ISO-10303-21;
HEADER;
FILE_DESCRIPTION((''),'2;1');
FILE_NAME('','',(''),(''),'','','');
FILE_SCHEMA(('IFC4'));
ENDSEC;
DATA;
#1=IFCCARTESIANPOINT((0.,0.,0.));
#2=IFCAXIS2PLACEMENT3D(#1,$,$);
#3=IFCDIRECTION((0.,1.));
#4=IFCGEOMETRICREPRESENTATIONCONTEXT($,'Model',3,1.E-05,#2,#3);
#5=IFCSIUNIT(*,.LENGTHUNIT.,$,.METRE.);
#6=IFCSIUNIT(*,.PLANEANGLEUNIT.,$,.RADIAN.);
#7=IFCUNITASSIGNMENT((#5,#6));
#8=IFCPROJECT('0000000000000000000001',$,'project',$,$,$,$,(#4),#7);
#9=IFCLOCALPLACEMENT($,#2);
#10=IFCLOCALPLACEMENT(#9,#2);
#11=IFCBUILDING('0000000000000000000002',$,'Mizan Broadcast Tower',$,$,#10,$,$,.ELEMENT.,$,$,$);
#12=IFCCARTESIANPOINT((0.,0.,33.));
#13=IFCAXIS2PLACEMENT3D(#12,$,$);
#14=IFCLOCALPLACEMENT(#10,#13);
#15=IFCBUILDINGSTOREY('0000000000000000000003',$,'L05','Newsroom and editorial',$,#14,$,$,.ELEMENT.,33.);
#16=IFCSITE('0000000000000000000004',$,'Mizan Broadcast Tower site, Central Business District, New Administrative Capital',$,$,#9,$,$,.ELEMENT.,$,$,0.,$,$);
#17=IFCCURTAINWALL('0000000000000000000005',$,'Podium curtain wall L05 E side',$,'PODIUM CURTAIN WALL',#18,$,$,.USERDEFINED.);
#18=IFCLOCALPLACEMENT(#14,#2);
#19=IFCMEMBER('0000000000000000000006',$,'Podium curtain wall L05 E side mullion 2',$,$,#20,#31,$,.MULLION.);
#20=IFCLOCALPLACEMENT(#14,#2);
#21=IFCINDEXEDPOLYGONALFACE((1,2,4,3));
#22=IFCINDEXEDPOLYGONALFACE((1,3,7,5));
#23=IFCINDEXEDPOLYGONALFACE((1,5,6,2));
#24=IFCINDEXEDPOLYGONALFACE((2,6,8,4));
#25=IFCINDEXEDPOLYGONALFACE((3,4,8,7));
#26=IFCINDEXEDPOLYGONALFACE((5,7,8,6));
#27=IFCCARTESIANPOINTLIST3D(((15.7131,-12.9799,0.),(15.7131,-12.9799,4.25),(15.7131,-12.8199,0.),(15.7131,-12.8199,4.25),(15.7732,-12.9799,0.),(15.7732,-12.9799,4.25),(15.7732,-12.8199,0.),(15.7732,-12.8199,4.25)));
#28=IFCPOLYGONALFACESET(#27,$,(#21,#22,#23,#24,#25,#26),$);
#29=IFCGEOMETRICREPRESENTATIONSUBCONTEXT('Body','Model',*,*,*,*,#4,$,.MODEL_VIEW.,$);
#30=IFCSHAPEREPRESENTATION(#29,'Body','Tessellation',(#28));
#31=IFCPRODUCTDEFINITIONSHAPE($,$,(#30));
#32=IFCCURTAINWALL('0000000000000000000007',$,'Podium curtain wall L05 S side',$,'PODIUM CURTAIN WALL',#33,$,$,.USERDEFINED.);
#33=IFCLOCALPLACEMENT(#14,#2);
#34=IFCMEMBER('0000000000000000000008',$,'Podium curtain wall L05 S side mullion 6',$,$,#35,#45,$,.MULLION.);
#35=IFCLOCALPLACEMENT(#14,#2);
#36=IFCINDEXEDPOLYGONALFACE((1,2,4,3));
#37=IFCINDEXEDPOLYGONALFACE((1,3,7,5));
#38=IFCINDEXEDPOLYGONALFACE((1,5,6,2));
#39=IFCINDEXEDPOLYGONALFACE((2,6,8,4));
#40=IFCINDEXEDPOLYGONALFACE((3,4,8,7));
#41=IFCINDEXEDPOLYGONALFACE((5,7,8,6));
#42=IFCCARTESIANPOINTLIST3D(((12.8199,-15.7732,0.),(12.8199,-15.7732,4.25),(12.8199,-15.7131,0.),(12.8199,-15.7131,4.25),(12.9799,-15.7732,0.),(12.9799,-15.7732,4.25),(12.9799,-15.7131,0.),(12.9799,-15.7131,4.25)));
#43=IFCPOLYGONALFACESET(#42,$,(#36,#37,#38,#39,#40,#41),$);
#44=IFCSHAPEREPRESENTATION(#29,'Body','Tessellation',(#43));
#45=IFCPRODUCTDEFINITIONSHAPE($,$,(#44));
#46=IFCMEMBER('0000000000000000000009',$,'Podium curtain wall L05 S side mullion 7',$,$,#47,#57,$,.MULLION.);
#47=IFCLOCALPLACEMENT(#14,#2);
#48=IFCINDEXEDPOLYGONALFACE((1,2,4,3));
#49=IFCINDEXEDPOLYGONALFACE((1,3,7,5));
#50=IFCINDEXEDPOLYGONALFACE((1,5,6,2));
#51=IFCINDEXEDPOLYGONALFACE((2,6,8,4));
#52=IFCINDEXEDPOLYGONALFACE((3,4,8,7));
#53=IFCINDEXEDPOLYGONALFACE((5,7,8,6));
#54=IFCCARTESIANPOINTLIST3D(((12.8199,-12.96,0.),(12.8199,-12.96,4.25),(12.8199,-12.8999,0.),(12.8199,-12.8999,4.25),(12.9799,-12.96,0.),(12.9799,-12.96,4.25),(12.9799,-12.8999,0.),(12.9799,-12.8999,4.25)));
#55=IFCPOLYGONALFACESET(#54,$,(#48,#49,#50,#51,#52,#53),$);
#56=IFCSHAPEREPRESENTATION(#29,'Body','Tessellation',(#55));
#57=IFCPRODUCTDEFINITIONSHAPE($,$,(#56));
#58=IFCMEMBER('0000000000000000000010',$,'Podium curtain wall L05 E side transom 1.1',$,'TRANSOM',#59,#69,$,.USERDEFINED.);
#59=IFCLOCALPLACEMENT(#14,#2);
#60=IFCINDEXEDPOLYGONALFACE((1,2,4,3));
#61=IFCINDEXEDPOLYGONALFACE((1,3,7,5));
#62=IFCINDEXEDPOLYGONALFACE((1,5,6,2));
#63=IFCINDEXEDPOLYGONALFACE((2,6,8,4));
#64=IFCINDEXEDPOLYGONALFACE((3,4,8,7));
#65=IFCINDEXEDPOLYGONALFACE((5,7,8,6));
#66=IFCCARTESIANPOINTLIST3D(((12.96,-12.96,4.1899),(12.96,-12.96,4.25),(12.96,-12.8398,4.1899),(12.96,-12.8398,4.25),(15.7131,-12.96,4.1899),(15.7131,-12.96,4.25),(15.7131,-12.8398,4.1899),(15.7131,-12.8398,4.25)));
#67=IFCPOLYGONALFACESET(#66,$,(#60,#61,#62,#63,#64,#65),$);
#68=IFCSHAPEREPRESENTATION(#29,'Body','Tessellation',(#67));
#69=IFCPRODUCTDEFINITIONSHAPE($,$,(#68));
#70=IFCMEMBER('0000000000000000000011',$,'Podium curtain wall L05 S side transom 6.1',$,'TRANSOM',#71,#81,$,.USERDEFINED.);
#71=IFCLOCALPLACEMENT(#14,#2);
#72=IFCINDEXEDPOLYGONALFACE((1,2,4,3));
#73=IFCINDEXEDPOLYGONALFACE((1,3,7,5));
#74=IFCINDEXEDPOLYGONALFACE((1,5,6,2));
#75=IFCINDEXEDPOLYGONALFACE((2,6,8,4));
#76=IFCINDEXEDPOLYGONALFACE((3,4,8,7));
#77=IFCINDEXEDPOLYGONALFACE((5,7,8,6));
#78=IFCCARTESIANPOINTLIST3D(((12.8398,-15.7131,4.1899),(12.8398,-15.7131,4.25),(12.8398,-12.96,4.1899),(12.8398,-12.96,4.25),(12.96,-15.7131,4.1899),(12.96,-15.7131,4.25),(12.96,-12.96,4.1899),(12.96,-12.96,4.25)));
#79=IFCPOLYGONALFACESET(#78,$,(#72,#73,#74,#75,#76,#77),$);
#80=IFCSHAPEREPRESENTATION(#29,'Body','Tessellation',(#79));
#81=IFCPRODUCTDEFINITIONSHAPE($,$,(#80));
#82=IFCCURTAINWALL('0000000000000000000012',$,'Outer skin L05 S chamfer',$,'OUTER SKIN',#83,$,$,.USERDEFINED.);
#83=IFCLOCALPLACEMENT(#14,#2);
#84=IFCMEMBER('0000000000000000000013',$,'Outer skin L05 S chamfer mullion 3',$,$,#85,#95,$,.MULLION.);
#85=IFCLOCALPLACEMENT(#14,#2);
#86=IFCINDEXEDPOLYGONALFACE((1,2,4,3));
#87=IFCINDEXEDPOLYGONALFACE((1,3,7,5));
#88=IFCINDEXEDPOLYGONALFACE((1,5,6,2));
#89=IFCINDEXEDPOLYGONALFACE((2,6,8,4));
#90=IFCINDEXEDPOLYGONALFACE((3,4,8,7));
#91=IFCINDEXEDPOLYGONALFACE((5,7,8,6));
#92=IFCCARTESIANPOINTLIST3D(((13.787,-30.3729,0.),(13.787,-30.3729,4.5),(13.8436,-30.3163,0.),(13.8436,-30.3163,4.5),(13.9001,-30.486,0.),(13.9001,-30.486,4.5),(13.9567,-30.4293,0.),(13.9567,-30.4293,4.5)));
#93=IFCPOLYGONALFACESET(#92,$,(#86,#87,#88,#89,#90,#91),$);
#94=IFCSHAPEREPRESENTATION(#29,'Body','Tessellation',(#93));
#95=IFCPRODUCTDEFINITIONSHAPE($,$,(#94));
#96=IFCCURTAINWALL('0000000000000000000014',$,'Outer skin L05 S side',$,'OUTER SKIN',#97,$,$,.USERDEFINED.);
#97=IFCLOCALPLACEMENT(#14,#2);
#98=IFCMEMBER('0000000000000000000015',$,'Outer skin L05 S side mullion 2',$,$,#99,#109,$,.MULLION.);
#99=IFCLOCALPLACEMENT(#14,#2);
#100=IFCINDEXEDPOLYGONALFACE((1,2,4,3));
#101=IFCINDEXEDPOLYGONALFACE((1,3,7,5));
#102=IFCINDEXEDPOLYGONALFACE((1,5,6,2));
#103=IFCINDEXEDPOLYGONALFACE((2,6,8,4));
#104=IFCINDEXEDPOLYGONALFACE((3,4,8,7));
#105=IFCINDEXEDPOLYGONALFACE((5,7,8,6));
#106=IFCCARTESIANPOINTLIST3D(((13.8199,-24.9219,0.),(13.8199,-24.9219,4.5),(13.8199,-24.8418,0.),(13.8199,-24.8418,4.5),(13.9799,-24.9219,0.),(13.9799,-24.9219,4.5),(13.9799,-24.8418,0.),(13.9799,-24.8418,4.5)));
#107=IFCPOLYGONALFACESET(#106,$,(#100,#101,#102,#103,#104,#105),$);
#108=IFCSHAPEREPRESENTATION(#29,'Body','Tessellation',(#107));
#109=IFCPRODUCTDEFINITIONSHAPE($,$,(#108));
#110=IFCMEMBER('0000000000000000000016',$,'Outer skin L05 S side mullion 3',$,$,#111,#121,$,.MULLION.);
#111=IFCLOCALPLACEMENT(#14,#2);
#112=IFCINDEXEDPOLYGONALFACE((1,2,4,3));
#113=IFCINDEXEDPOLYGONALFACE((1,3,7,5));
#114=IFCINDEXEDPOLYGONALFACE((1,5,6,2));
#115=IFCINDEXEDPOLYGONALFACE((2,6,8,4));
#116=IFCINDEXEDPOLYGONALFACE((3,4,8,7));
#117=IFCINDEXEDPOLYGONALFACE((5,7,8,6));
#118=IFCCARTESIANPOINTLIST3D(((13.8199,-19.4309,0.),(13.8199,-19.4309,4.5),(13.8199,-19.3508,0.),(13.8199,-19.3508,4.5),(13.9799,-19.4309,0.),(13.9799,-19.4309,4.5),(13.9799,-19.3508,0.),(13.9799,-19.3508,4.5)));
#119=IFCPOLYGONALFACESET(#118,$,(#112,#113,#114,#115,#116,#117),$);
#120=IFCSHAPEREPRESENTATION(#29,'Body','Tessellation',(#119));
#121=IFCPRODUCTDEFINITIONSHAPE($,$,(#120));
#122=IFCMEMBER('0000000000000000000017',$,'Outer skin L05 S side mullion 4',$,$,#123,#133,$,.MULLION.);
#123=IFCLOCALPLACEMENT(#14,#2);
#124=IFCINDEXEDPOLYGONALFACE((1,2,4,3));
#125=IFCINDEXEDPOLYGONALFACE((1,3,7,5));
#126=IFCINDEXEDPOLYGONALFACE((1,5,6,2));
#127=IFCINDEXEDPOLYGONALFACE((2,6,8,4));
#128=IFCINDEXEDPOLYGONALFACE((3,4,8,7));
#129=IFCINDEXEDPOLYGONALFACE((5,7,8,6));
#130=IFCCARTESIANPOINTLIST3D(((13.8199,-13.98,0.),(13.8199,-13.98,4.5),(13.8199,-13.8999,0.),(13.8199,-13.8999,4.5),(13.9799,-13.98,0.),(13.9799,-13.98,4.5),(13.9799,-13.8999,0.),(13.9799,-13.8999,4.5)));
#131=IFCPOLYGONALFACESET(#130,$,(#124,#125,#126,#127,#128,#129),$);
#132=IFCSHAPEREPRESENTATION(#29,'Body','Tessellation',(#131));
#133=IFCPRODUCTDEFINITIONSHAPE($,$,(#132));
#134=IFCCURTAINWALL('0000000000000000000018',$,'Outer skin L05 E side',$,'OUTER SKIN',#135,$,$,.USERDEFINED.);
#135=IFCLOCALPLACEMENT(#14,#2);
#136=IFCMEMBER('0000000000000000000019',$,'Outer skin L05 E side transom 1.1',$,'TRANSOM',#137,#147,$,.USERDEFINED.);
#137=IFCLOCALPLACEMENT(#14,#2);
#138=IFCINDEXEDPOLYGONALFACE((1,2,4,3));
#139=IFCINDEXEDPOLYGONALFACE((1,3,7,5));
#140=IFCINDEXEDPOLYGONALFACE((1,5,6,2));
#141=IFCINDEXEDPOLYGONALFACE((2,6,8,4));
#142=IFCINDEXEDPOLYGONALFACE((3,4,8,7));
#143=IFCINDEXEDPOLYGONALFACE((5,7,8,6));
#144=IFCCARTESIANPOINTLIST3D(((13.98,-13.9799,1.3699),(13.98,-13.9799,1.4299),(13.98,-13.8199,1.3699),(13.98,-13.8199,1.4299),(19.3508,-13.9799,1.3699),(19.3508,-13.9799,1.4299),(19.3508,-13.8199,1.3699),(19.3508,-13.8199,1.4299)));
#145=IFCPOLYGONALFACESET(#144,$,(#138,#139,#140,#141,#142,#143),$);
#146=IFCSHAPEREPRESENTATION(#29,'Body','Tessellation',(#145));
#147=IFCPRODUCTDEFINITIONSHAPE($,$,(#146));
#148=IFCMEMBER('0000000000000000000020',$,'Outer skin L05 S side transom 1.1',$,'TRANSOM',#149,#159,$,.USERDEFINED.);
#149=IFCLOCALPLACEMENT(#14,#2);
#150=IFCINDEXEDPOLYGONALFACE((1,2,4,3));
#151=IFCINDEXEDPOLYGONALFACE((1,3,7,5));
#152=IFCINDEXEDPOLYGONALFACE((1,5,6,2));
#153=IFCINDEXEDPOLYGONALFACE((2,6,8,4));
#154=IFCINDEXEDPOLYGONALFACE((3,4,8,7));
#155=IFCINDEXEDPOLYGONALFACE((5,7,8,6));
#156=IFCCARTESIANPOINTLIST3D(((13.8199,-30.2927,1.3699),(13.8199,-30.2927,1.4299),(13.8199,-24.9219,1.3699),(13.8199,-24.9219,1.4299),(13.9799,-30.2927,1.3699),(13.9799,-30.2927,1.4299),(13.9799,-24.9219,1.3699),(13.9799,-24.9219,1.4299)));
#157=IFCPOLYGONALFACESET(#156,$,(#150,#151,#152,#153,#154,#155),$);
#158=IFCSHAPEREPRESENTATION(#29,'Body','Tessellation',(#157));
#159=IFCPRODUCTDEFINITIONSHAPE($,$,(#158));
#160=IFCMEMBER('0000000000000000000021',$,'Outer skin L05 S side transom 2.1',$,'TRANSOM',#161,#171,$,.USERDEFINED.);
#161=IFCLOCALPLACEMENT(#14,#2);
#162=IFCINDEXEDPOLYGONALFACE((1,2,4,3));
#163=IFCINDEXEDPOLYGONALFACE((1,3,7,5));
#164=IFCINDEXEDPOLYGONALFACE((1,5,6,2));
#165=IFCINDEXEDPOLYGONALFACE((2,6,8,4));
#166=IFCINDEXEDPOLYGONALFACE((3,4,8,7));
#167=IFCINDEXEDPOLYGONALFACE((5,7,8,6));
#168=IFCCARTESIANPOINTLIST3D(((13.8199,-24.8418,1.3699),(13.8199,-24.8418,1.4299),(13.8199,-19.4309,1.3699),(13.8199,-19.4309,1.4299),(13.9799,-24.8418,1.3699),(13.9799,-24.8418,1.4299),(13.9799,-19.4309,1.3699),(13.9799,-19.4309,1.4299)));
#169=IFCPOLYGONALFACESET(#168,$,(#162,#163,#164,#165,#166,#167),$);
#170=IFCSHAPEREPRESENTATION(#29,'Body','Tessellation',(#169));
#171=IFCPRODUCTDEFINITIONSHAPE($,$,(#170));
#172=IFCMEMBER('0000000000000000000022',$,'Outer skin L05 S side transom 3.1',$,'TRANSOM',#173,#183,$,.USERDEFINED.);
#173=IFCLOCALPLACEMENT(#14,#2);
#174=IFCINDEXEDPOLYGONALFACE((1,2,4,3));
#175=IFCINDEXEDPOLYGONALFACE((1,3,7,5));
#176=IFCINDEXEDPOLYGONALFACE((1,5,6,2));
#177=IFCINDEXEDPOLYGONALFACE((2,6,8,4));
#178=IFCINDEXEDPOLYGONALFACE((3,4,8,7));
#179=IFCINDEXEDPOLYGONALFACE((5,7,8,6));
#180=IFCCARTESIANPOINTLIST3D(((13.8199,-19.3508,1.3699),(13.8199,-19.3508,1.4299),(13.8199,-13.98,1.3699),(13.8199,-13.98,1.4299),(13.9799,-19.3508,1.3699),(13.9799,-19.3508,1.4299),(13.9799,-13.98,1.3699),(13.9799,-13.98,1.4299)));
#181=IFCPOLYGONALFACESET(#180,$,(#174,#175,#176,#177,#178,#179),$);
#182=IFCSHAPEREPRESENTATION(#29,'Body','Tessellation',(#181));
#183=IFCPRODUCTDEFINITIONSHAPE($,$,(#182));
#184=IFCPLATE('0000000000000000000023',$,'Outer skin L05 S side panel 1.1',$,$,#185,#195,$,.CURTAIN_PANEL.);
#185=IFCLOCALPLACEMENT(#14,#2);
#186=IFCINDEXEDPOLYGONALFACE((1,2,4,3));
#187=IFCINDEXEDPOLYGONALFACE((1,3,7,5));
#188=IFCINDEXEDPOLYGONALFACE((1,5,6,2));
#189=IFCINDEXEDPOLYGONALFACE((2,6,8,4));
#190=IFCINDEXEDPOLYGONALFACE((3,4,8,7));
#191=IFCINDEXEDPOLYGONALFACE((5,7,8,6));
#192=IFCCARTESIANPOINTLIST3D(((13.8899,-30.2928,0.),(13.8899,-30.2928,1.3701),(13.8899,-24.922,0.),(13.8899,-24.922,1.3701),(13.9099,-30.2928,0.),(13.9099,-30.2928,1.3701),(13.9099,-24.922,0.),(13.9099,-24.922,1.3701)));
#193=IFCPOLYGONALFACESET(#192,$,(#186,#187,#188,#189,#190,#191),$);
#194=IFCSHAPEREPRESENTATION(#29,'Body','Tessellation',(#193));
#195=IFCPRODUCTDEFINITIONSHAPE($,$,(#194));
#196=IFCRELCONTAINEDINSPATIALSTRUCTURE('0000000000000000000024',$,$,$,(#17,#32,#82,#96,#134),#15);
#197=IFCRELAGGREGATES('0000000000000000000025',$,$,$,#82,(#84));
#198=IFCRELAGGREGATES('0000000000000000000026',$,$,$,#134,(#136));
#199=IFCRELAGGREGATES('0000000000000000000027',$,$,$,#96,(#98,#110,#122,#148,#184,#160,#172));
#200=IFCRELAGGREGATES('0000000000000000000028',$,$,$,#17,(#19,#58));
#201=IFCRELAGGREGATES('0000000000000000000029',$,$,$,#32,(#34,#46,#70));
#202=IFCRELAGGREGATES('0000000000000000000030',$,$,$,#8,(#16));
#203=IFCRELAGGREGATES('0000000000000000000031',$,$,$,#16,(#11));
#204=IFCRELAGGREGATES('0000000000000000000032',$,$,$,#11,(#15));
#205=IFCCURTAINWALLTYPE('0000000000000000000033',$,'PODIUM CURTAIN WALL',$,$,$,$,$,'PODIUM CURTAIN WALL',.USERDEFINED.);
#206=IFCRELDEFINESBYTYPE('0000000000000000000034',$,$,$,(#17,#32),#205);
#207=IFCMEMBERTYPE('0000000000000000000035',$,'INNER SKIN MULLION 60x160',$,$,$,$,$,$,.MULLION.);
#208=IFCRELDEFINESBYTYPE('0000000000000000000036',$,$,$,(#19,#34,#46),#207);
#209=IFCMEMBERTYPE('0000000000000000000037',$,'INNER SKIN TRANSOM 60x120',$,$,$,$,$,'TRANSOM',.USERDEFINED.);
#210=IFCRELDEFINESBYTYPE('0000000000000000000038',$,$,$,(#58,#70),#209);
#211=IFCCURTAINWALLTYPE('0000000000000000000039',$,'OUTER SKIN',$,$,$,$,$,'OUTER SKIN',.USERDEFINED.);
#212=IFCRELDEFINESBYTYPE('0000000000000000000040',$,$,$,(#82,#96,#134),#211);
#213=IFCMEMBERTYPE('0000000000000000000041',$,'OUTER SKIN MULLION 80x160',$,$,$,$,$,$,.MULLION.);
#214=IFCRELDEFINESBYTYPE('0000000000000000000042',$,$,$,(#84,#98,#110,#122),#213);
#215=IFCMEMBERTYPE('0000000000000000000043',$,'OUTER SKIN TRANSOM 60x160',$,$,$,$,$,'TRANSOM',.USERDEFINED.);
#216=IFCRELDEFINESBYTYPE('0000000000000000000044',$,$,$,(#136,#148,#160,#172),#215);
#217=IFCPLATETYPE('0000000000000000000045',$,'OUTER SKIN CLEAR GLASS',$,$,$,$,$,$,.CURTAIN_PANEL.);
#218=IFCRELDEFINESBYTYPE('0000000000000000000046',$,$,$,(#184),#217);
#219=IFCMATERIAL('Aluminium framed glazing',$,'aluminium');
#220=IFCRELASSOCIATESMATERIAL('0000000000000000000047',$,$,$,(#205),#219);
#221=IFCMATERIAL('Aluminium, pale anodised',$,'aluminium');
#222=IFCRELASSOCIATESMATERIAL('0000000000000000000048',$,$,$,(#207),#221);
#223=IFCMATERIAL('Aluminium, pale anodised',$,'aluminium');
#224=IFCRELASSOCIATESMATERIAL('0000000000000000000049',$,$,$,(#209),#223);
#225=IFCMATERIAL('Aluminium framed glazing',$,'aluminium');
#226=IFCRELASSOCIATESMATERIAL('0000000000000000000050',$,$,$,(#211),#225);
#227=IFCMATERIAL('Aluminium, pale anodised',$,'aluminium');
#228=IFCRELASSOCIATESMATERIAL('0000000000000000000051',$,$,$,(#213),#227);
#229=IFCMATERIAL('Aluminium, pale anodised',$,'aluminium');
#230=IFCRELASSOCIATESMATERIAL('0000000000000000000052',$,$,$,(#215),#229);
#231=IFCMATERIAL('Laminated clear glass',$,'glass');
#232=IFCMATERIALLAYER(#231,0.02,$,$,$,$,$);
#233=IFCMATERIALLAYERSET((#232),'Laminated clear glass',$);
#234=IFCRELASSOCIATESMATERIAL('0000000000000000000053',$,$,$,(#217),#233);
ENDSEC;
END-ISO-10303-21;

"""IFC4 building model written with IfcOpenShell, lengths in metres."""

from ifc_helpers import new_model, si_unit, direction, frame, origin, origin_2d, place, context, subcontext, project, spatial, rectangle, extrude, material, layer, layer_set, material_profile, profile_set, type_object, element, aggregate, save


model = new_model("IFC4")

# Units and contexts
model_context = context("Model", 3, precision=1e-05, world=origin(), true_north=direction((0.0, 1.0)))
body_context = subcontext(model_context, "Body", "Model", "MODEL_VIEW")
ifc_project = project(units=[si_unit("LENGTHUNIT", "METRE"), si_unit("PLANEANGLEUNIT", "RADIAN")], contexts=[model_context])

# Site, building, storey
site_placement = place(None, origin())
site = spatial("IfcSite", under=ifc_project, at=site_placement, Name="Mizan Broadcast Tower site, Central Business District, New Administrative Capital", CompositionType="ELEMENT", RefElevation=0.0)
building_placement = place(site_placement, origin())
building = spatial("IfcBuilding", under=site, at=building_placement, Name="Mizan Broadcast Tower", CompositionType="ELEMENT")
storey_placement = place(building_placement, frame((0.0, 0.0, 33.0)))
storey = spatial("IfcBuildingStorey", under=building, at=storey_placement, Name="L05", Description="Newsroom and editorial", CompositionType="ELEMENT", Elevation=33.0)

# Curtain wall, member
ifc_material_1 = material(Name="Aluminium framed glazing", Category="aluminium")
curtain_wall_type_1 = type_object("IfcCurtainWallType", Name="PODIUM CURTAIN WALL", ElementType="PODIUM CURTAIN WALL", PredefinedType="USERDEFINED", material=ifc_material_1)
curtain_wall_1_placement = place(storey_placement, origin())
curtain_wall_1 = element("IfcCurtainWall", 1, at=curtain_wall_1_placement, inside=storey, type_object=curtain_wall_type_1, Name="Podium curtain wall L05 E side", ObjectType="PODIUM CURTAIN WALL", PredefinedType="USERDEFINED")
ifc_material_2 = material(Name="Aluminium, pale anodised", Category="aluminium")
ifc_material_profile_1 = material_profile(ifc_material_2, rectangle(XDim=0.1599, YDim=0.0601, at=origin_2d()), Name="MULLION 160x60")
ifc_profile_set_1 = profile_set([ifc_material_profile_1], Name="Aluminium, pale anodised")
member_type_1 = type_object("IfcMemberType", Name="INNER SKIN MULLION 60x160", PredefinedType="MULLION", material=ifc_profile_set_1)
member_1_placement = place(storey_placement, frame((15.7432, -12.8999, 0.0), z_axis=(0.0, 0.0, 1.0), x_axis=(0.0, 1.0, 0.0)))
member_1 = element("IfcMember", 2, at=member_1_placement, type_object=member_type_1, Name="Podium curtain wall L05 E side mullion 2", PredefinedType="MULLION", context=body_context, shape_type="SweptSolid", body=[
    extrude(rectangle(XDim=0.1599, YDim=0.0601, at=origin_2d()), origin(), (0.0, 0.0, 1.0), 4.25),
])

# Curtain wall, members
curtain_wall_2_placement = place(storey_placement, origin())
curtain_wall_2 = element("IfcCurtainWall", 3, at=curtain_wall_2_placement, inside=storey, type_object=curtain_wall_type_1, Name="Podium curtain wall L05 S side", ObjectType="PODIUM CURTAIN WALL", PredefinedType="USERDEFINED")
member_2_placement = place(storey_placement, frame((12.8999, -15.7432, 0.0), z_axis=(0.0, 0.0, 1.0), x_axis=(-1.0, 0.0, 0.0)))
member_2 = element("IfcMember", 4, at=member_2_placement, type_object=member_type_1, Name="Podium curtain wall L05 S side mullion 6", PredefinedType="MULLION", context=body_context, shape_type="SweptSolid", body=[
    extrude(rectangle(XDim=0.1599, YDim=0.0601, at=origin_2d()), origin(), (0.0, 0.0, 1.0), 4.25),
])
member_3_placement = place(storey_placement, frame((12.8999, -12.9299, 0.0), z_axis=(0.0, 0.0, 1.0), x_axis=(-1.0, 0.0, 0.0)))
member_3 = element("IfcMember", 5, at=member_3_placement, type_object=member_type_1, Name="Podium curtain wall L05 S side mullion 7", PredefinedType="MULLION", context=body_context, shape_type="SweptSolid", body=[
    extrude(rectangle(XDim=0.1599, YDim=0.0601, at=origin_2d()), origin(), (0.0, 0.0, 1.0), 4.25),
])

# Members
ifc_material_3 = material(Name="Aluminium, pale anodised", Category="aluminium")
ifc_material_profile_2 = material_profile(ifc_material_3, rectangle(XDim=0.1201, YDim=0.0601, at=origin_2d()), Name="TRANSOM 120x60")
ifc_profile_set_2 = profile_set([ifc_material_profile_2], Name="Aluminium, pale anodised")
member_type_2 = type_object("IfcMemberType", Name="INNER SKIN TRANSOM 60x120", ElementType="TRANSOM", PredefinedType="USERDEFINED", material=ifc_profile_set_2)
member_4_placement = place(storey_placement, frame((12.96, -12.8999, 4.22), z_axis=(1.0, 0.0, 0.0), x_axis=(0.0, 1.0, 0.0)))
member_4 = element("IfcMember", 6, at=member_4_placement, type_object=member_type_2, Name="Podium curtain wall L05 E side transom 1.1", ObjectType="TRANSOM", PredefinedType="USERDEFINED", context=body_context, shape_type="SweptSolid", body=[
    extrude(rectangle(XDim=0.1201, YDim=0.0601, at=origin_2d()), origin(), (0.0, 0.0, 1.0), 2.7532),
])
member_5_placement = place(storey_placement, frame((12.8999, -15.7131, 4.22), z_axis=(0.0, 1.0, 0.0), x_axis=(-1.0, 0.0, 0.0)))
member_5 = element("IfcMember", 7, at=member_5_placement, type_object=member_type_2, Name="Podium curtain wall L05 S side transom 6.1", ObjectType="TRANSOM", PredefinedType="USERDEFINED", context=body_context, shape_type="SweptSolid", body=[
    extrude(rectangle(XDim=0.1201, YDim=0.0601, at=origin_2d()), origin(), (0.0, 0.0, 1.0), 2.7532),
])

# Curtain wall, member
ifc_material_4 = material(Name="Aluminium framed glazing", Category="aluminium")
curtain_wall_type_2 = type_object("IfcCurtainWallType", Name="OUTER SKIN", ElementType="OUTER SKIN", PredefinedType="USERDEFINED", material=ifc_material_4)
curtain_wall_3_placement = place(storey_placement, origin())
curtain_wall_3 = element("IfcCurtainWall", 8, at=curtain_wall_3_placement, inside=storey, type_object=curtain_wall_type_2, Name="Outer skin L05 S chamfer", ObjectType="OUTER SKIN", PredefinedType="USERDEFINED")
ifc_material_5 = material(Name="Aluminium, pale anodised", Category="aluminium")
ifc_material_profile_3 = material_profile(ifc_material_5, rectangle(XDim=0.1599, YDim=0.0801, at=origin_2d()), Name="MULLION 160x80")
ifc_profile_set_3 = profile_set([ifc_material_profile_3], Name="Aluminium, pale anodised")
member_type_3 = type_object("IfcMemberType", Name="OUTER SKIN MULLION 80x160", PredefinedType="MULLION", material=ifc_profile_set_3)
member_6_placement = place(storey_placement, frame((13.8718, -30.4011, 0.0), z_axis=(0.0, 0.0, 1.0), x_axis=(-0.707107, 0.707107, 0.0)))
member_6 = element("IfcMember", 9, at=member_6_placement, type_object=member_type_3, Name="Outer skin L05 S chamfer mullion 3", PredefinedType="MULLION", context=body_context, shape_type="SweptSolid", body=[
    extrude(rectangle(XDim=0.1599, YDim=0.0801, at=origin_2d()), origin(), (0.0, 0.0, 1.0), 4.5),
])
aggregate(curtain_wall_3, [member_6])

# Curtain wall, members
curtain_wall_4_placement = place(storey_placement, origin())
curtain_wall_4 = element("IfcCurtainWall", 10, at=curtain_wall_4_placement, inside=storey, type_object=curtain_wall_type_2, Name="Outer skin L05 S side", ObjectType="OUTER SKIN", PredefinedType="USERDEFINED")
member_7_placement = place(storey_placement, frame((13.8999, -24.8818, 0.0), z_axis=(0.0, 0.0, 1.0), x_axis=(-1.0, 0.0, 0.0)))
member_7 = element("IfcMember", 11, at=member_7_placement, type_object=member_type_3, Name="Outer skin L05 S side mullion 2", PredefinedType="MULLION", context=body_context, shape_type="SweptSolid", body=[
    extrude(rectangle(XDim=0.1599, YDim=0.0801, at=origin_2d()), origin(), (0.0, 0.0, 1.0), 4.5),
])
member_8_placement = place(storey_placement, frame((13.8999, -19.3909, 0.0), z_axis=(0.0, 0.0, 1.0), x_axis=(-1.0, 0.0, 0.0)))
member_8 = element("IfcMember", 12, at=member_8_placement, type_object=member_type_3, Name="Outer skin L05 S side mullion 3", PredefinedType="MULLION", context=body_context, shape_type="SweptSolid", body=[
    extrude(rectangle(XDim=0.1599, YDim=0.0801, at=origin_2d()), origin(), (0.0, 0.0, 1.0), 4.5),
])
member_9_placement = place(storey_placement, frame((13.8999, -13.9399, 0.0), z_axis=(0.0, 0.0, 1.0), x_axis=(-1.0, 0.0, 0.0)))
member_9 = element("IfcMember", 13, at=member_9_placement, type_object=member_type_3, Name="Outer skin L05 S side mullion 4", PredefinedType="MULLION", context=body_context, shape_type="SweptSolid", body=[
    extrude(rectangle(XDim=0.1599, YDim=0.0801, at=origin_2d()), origin(), (0.0, 0.0, 1.0), 4.5),
])

# Curtain wall, member
curtain_wall_5_placement = place(storey_placement, origin())
curtain_wall_5 = element("IfcCurtainWall", 14, at=curtain_wall_5_placement, inside=storey, type_object=curtain_wall_type_2, Name="Outer skin L05 E side", ObjectType="OUTER SKIN", PredefinedType="USERDEFINED")
ifc_material_6 = material(Name="Aluminium, pale anodised", Category="aluminium")
ifc_material_profile_4 = material_profile(ifc_material_6, rectangle(XDim=0.1599, YDim=0.0601, at=origin_2d()), Name="TRANSOM 160x60")
ifc_profile_set_4 = profile_set([ifc_material_profile_4], Name="Aluminium, pale anodised")
member_type_4 = type_object("IfcMemberType", Name="OUTER SKIN TRANSOM 60x160", ElementType="TRANSOM", PredefinedType="USERDEFINED", material=ifc_profile_set_4)
member_10_placement = place(storey_placement, frame((13.98, -13.8999, 1.3999), z_axis=(1.0, 0.0, 0.0), x_axis=(0.0, 1.0, 0.0)))
member_10 = element("IfcMember", 15, at=member_10_placement, type_object=member_type_4, Name="Outer skin L05 E side transom 1.1", ObjectType="TRANSOM", PredefinedType="USERDEFINED", context=body_context, shape_type="SweptSolid", body=[
    extrude(rectangle(XDim=0.1599, YDim=0.0601, at=origin_2d()), origin(), (0.0, 0.0, 1.0), 5.3708),
])
aggregate(curtain_wall_5, [member_10])

# Members
member_11_placement = place(storey_placement, frame((13.8999, -30.2927, 1.3999), z_axis=(0.0, 1.0, 0.0), x_axis=(-1.0, 0.0, 0.0)))
member_11 = element("IfcMember", 16, at=member_11_placement, type_object=member_type_4, Name="Outer skin L05 S side transom 1.1", ObjectType="TRANSOM", PredefinedType="USERDEFINED", context=body_context, shape_type="SweptSolid", body=[
    extrude(rectangle(XDim=0.1599, YDim=0.0601, at=origin_2d()), origin(), (0.0, 0.0, 1.0), 5.3708),
])
member_12_placement = place(storey_placement, frame((13.8999, -24.8418, 1.3999), z_axis=(0.0, 1.0, 0.0), x_axis=(-1.0, 0.0, 0.0)))
member_12 = element("IfcMember", 17, at=member_12_placement, type_object=member_type_4, Name="Outer skin L05 S side transom 2.1", ObjectType="TRANSOM", PredefinedType="USERDEFINED", context=body_context, shape_type="SweptSolid", body=[
    extrude(rectangle(XDim=0.1599, YDim=0.0601, at=origin_2d()), origin(), (0.0, 0.0, 1.0), 5.4109),
])
member_13_placement = place(storey_placement, frame((13.8999, -19.3508, 1.3999), z_axis=(0.0, 1.0, 0.0), x_axis=(-1.0, 0.0, 0.0)))
member_13 = element("IfcMember", 18, at=member_13_placement, type_object=member_type_4, Name="Outer skin L05 S side transom 3.1", ObjectType="TRANSOM", PredefinedType="USERDEFINED", context=body_context, shape_type="SweptSolid", body=[
    extrude(rectangle(XDim=0.1599, YDim=0.0601, at=origin_2d()), origin(), (0.0, 0.0, 1.0), 5.3708),
])

# Plate
ifc_material_7 = material(Name="Laminated clear glass", Category="glass")
ifc_layer_1 = layer(ifc_material_7, 0.02)
ifc_layer_set_1 = layer_set([ifc_layer_1], Name="Laminated clear glass")
plate_type_1 = type_object("IfcPlateType", Name="OUTER SKIN CLEAR GLASS", PredefinedType="CURTAIN_PANEL", material=ifc_layer_set_1)
plate_1_placement = place(storey_placement, frame((13.8999, -27.6074, 0.0), z_axis=(0.0, 0.0, 1.0), x_axis=(0.0, 1.0, 0.0)))
plate_1 = element("IfcPlate", 19, at=plate_1_placement, type_object=plate_type_1, Name="Outer skin L05 S side panel 1.1", PredefinedType="CURTAIN_PANEL", context=body_context, shape_type="SweptSolid", body=[
    extrude(rectangle(XDim=5.3708, YDim=0.02, at=origin_2d()), origin(), (0.0, 0.0, 1.0), 1.3701),
])
aggregate(curtain_wall_4, [member_7, member_8, member_9, member_11, plate_1, member_12, member_13])
aggregate(curtain_wall_1, [member_1, member_4])
aggregate(curtain_wall_2, [member_2, member_3, member_5])

save(model, "model.ifc")
